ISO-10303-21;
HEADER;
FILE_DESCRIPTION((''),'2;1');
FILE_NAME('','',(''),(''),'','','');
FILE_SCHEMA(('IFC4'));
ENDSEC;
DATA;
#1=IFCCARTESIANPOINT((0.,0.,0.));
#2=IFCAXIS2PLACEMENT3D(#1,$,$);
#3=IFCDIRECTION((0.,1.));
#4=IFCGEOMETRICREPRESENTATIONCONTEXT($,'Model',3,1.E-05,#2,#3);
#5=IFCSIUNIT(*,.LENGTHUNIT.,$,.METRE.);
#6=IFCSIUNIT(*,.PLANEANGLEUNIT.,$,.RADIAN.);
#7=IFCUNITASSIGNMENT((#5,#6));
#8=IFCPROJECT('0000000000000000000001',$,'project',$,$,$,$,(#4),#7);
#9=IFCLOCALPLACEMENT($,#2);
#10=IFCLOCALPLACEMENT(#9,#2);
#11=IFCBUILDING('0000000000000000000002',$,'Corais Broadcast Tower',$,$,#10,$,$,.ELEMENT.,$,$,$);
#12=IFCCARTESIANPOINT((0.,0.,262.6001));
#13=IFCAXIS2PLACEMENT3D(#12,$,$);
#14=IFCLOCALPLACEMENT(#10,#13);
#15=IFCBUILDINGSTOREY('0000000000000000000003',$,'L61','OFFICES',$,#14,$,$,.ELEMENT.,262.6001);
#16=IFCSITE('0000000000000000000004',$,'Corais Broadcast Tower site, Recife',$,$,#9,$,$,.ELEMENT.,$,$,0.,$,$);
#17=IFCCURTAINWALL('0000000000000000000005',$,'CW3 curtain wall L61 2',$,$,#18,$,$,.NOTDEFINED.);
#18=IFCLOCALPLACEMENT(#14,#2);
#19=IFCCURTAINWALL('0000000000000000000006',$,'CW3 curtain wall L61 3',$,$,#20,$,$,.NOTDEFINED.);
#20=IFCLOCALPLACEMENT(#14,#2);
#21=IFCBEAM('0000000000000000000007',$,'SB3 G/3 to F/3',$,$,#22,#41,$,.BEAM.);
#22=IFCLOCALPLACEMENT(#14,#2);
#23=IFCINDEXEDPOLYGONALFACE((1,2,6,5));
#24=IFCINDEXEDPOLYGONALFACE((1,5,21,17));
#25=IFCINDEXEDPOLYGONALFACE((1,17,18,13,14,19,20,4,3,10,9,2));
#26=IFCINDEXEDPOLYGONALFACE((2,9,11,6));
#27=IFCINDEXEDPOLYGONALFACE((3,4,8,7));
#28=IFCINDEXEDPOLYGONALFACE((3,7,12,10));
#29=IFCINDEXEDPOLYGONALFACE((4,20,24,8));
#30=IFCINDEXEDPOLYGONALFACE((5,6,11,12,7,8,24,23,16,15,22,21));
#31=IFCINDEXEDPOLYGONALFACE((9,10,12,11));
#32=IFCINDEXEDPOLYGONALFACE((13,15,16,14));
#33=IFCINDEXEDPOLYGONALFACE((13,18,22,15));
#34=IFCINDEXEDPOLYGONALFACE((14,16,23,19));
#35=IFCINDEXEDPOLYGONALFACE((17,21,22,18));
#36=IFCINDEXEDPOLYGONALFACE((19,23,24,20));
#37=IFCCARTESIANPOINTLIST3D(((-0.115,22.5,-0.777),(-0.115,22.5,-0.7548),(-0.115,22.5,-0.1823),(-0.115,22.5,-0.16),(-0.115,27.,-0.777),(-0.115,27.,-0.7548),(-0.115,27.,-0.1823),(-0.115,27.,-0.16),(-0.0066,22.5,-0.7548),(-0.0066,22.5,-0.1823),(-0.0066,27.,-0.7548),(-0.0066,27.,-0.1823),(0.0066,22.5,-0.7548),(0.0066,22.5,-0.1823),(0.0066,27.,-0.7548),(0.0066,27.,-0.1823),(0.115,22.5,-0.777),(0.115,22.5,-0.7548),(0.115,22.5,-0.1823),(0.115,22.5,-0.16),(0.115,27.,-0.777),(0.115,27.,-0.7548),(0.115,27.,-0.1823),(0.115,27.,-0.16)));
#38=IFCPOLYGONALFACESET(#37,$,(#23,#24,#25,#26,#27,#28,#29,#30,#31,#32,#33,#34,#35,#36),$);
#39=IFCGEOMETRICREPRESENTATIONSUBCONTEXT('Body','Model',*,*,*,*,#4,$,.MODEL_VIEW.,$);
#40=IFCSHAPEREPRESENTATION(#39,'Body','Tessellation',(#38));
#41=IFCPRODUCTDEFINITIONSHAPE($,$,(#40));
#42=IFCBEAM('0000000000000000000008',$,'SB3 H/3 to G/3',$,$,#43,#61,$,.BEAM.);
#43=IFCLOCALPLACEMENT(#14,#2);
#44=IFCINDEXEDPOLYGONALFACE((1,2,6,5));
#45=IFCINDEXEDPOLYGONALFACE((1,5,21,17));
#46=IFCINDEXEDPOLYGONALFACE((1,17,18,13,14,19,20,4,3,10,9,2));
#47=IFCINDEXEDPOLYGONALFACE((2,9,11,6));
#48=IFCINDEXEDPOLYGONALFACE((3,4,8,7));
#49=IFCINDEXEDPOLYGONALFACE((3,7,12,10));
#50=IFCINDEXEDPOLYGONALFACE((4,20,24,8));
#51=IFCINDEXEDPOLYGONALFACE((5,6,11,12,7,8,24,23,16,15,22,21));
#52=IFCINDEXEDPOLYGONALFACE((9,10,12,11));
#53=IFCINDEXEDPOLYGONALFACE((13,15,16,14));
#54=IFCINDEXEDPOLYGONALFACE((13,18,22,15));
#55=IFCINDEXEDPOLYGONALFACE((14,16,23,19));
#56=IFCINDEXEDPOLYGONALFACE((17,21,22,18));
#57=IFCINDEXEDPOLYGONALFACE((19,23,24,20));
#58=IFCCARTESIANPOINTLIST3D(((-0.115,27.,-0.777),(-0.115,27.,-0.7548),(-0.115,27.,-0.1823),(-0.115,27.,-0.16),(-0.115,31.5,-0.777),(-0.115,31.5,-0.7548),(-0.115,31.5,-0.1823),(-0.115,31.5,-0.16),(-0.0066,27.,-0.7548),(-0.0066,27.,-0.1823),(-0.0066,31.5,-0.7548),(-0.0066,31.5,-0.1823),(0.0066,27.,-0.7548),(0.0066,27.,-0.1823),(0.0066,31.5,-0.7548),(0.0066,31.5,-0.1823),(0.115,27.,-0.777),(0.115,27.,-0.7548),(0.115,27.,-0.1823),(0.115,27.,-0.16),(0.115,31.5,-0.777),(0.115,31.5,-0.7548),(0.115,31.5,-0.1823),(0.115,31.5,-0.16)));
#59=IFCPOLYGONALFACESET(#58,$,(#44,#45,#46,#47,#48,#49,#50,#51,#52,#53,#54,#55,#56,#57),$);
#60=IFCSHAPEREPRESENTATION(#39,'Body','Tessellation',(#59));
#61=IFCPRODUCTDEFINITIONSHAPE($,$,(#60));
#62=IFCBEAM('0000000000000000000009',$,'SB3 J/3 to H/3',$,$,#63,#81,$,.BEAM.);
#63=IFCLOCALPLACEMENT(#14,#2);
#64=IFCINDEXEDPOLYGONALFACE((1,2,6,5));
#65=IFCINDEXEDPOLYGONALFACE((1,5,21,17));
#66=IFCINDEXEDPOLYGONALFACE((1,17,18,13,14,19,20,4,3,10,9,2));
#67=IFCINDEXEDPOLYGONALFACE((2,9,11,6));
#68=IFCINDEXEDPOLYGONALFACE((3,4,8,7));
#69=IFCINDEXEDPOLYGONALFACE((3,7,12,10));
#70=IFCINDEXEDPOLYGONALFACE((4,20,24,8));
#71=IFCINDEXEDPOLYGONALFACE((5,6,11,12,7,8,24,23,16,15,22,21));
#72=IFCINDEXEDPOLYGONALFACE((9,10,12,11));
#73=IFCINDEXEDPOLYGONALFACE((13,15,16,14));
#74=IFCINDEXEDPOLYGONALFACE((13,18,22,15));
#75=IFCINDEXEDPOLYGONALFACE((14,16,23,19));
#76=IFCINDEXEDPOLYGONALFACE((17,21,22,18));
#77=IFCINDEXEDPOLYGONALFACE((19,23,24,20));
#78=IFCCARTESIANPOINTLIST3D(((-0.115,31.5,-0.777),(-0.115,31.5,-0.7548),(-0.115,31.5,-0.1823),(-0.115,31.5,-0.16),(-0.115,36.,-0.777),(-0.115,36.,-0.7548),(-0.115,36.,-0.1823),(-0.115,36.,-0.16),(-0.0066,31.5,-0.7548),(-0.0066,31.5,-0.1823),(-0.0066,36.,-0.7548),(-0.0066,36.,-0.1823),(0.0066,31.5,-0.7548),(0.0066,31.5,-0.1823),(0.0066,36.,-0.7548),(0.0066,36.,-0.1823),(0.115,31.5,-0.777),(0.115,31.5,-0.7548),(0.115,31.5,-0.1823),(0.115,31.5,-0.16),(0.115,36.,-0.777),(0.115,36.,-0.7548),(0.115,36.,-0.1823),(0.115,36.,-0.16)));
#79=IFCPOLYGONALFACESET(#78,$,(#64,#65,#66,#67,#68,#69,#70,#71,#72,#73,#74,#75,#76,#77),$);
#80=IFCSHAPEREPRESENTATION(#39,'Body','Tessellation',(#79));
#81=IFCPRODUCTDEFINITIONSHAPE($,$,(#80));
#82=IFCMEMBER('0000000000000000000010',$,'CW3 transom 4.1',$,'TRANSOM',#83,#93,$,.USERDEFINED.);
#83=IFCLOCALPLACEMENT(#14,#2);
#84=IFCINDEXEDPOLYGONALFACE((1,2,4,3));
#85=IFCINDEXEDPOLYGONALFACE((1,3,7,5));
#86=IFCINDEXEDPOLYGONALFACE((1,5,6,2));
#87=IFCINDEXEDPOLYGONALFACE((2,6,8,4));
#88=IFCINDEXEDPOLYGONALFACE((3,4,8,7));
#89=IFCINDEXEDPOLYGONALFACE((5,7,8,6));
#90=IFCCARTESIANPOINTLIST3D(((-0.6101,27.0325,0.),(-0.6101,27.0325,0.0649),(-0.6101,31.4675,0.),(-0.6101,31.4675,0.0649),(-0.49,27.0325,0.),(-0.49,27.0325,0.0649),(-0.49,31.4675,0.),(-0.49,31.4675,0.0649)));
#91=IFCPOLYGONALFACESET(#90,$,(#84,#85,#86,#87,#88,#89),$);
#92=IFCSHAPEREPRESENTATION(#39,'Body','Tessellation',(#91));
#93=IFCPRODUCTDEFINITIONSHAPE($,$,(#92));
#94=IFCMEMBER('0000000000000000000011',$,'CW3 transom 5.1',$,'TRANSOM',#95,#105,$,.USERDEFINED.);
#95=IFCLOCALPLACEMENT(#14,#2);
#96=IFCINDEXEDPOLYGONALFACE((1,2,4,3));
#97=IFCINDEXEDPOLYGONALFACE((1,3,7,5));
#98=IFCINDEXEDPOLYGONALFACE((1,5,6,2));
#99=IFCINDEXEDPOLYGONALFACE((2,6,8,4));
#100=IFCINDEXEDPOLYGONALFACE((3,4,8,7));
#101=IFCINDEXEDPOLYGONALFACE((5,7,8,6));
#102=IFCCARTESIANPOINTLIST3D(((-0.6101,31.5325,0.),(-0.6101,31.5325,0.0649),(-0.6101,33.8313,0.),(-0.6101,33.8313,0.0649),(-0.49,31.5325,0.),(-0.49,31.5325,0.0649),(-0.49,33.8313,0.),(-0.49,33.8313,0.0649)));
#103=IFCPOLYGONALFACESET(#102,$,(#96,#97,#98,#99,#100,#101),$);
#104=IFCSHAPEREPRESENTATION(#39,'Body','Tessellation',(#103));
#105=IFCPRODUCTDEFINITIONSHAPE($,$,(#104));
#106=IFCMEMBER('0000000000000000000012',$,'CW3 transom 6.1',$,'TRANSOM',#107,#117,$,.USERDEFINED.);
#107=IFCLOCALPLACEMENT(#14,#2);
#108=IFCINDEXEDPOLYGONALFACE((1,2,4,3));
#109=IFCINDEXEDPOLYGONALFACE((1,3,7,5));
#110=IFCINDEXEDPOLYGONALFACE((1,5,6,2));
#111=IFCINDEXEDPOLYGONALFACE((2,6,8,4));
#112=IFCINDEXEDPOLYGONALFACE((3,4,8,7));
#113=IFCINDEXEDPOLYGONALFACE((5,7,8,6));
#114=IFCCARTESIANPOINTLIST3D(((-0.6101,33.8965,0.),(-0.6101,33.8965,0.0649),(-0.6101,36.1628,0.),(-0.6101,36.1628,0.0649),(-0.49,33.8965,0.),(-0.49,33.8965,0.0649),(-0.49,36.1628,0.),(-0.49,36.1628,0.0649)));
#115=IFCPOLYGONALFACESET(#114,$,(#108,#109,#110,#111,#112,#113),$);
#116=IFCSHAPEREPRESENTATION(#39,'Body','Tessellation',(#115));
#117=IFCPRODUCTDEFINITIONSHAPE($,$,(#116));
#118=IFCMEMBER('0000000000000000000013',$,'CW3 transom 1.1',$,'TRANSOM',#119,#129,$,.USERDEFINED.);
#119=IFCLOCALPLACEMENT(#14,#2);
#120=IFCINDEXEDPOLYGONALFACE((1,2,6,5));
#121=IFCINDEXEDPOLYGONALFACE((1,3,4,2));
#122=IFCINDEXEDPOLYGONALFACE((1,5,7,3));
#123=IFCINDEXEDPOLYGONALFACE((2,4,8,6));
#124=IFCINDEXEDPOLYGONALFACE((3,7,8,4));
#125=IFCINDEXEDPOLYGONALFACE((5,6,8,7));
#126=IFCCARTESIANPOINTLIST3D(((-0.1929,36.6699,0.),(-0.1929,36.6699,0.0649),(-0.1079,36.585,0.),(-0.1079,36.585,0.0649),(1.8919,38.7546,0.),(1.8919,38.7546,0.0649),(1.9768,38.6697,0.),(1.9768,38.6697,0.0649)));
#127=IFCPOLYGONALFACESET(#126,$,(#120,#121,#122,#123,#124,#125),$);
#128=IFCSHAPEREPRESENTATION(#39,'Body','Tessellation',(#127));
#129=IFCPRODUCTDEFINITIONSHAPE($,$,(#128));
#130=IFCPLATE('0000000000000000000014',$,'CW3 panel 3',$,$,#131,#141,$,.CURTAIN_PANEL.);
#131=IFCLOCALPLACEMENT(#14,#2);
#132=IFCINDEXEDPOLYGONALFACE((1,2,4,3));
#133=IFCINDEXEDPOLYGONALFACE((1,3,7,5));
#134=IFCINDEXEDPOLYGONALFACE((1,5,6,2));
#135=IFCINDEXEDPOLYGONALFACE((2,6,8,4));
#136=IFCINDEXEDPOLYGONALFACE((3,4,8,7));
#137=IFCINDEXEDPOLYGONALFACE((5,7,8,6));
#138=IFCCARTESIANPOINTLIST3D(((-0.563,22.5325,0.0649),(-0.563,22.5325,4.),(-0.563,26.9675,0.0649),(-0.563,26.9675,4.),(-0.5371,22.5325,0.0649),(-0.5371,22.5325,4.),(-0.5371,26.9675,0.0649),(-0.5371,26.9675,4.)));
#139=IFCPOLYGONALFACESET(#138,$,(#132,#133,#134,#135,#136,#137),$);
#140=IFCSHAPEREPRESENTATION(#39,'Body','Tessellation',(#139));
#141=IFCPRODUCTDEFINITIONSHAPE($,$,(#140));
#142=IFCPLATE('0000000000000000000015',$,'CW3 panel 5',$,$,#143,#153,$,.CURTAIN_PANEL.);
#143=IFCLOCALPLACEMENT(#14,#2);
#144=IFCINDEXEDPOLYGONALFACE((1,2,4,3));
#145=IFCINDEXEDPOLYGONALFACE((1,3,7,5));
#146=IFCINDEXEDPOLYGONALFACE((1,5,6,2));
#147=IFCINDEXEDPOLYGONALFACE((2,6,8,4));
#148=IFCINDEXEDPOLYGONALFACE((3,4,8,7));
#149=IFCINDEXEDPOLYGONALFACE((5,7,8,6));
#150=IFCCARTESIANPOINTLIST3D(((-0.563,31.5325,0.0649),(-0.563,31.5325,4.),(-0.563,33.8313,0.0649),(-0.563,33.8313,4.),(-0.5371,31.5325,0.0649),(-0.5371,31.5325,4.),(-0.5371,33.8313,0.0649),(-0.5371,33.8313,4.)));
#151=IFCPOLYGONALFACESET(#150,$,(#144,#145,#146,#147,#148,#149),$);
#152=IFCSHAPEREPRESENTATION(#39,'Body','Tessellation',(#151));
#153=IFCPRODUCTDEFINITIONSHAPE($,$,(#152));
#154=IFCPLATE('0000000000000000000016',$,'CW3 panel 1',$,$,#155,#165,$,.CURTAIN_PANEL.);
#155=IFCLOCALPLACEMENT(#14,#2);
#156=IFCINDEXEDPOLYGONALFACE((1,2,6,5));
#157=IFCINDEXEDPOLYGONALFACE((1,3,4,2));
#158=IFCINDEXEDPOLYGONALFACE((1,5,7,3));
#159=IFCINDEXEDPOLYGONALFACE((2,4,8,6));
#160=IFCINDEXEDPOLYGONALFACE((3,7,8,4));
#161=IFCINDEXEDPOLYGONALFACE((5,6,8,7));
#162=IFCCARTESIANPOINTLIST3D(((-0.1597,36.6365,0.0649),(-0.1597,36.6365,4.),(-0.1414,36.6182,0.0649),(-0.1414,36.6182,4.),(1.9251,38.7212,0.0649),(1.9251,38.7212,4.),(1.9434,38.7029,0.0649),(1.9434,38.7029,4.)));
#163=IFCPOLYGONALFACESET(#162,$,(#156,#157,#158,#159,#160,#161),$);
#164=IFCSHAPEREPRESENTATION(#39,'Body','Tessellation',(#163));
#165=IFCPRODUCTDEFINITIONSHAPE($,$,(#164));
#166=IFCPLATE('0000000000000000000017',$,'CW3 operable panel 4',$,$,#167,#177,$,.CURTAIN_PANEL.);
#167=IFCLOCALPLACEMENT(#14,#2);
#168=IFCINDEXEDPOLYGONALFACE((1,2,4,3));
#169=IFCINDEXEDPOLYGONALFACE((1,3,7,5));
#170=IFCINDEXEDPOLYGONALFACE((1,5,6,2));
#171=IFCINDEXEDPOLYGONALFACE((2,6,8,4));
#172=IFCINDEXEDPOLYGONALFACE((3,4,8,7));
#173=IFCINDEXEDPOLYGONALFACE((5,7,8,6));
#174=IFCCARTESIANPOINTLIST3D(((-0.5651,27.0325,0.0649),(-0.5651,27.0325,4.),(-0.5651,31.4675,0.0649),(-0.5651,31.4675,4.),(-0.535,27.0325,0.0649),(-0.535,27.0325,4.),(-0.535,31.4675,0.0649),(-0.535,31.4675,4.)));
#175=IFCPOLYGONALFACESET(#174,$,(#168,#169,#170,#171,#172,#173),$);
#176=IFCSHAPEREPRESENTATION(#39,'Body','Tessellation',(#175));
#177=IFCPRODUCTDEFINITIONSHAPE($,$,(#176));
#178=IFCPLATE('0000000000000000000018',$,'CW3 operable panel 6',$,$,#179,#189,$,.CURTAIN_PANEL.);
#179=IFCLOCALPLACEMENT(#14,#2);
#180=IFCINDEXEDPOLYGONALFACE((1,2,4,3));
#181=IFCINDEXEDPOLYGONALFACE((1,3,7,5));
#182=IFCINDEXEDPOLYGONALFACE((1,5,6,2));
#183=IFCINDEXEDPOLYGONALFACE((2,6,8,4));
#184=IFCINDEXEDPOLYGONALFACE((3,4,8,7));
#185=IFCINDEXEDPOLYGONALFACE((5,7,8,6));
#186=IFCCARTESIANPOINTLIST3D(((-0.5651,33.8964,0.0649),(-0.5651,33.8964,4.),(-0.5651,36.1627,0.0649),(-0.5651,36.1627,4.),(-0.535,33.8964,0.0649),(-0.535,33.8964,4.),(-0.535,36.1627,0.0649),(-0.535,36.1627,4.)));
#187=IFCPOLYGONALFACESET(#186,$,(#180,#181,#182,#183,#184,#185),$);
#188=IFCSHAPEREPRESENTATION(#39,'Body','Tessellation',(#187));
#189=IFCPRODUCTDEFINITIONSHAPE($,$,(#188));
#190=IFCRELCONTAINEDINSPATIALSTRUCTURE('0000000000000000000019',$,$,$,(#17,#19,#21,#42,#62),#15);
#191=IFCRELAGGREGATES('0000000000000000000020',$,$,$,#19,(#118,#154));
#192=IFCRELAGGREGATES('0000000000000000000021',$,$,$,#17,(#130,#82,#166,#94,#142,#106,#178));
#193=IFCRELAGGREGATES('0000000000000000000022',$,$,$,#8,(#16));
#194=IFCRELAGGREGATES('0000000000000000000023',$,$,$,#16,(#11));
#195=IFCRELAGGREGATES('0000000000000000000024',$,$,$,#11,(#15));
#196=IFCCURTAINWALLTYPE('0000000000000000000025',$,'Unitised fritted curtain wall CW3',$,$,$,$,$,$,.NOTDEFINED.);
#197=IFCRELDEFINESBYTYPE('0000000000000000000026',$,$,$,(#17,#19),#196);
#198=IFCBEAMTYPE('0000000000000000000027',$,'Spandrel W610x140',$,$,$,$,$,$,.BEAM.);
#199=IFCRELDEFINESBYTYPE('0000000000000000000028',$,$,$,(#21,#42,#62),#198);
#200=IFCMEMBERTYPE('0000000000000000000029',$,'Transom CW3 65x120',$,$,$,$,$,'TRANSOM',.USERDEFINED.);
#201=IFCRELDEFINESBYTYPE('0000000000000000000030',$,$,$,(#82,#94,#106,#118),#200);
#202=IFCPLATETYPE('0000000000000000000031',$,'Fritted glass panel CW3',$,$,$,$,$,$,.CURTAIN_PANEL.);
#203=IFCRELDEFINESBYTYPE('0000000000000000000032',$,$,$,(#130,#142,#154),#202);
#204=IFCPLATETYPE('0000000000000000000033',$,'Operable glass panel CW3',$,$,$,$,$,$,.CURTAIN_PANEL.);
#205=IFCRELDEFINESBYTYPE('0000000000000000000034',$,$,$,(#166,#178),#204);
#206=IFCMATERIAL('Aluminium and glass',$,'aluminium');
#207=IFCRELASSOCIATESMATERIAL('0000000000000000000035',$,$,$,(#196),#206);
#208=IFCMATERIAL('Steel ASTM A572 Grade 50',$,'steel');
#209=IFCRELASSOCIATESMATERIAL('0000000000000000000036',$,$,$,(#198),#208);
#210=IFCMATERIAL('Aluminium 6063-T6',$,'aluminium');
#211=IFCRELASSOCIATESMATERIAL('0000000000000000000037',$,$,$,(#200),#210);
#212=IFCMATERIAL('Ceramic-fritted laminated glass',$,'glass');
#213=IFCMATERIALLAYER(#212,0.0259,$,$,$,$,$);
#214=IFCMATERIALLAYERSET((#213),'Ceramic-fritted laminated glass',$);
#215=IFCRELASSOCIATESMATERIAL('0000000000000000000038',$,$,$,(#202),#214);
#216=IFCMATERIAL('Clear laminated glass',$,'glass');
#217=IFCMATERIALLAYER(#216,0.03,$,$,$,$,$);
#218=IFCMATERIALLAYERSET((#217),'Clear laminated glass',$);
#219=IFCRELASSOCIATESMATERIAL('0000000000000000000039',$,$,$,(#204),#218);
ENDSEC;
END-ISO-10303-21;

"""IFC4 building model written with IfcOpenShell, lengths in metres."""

from ifc_helpers import new_model, si_unit, direction, frame, origin, origin_2d, place, context, subcontext, project, spatial, rectangle, i_section, extrude, material, layer, layer_set, material_profile, profile_set, type_object, element, aggregate, save


model = new_model("IFC4")

# Units and contexts
model_context = context("Model", 3, precision=1e-05, world=origin(), true_north=direction((0.0, 1.0)))
body_context = subcontext(model_context, "Body", "Model", "MODEL_VIEW")
ifc_project = project(units=[si_unit("LENGTHUNIT", "METRE"), si_unit("PLANEANGLEUNIT", "RADIAN")], contexts=[model_context])

# Site, building, storey
site_placement = place(None, origin())
site = spatial("IfcSite", under=ifc_project, at=site_placement, Name="Corais Broadcast Tower site, Recife", CompositionType="ELEMENT", RefElevation=0.0)
building_placement = place(site_placement, origin())
building = spatial("IfcBuilding", under=site, at=building_placement, Name="Corais Broadcast Tower", CompositionType="ELEMENT")
storey_placement = place(building_placement, frame((0.0, 0.0, 262.6001)))
storey = spatial("IfcBuildingStorey", under=building, at=storey_placement, Name="L61", Description="OFFICES", CompositionType="ELEMENT", Elevation=262.6001)

# Curtain walls
ifc_material_1 = material(Name="Aluminium and glass", Category="aluminium")
curtain_wall_type = type_object("IfcCurtainWallType", Name="Unitised fritted curtain wall CW3", PredefinedType="NOTDEFINED", material=ifc_material_1)
curtain_wall_1_placement = place(storey_placement, origin())
curtain_wall_1 = element("IfcCurtainWall", 1, at=curtain_wall_1_placement, inside=storey, type_object=curtain_wall_type, Name="CW3 curtain wall L61 2", PredefinedType="NOTDEFINED")
curtain_wall_2_placement = place(storey_placement, origin())
curtain_wall_2 = element("IfcCurtainWall", 2, at=curtain_wall_2_placement, inside=storey, type_object=curtain_wall_type, Name="CW3 curtain wall L61 3", PredefinedType="NOTDEFINED")

# Beams
ifc_material_2 = material(Name="Steel ASTM A572 Grade 50", Category="steel")
ifc_material_profile_1 = material_profile(ifc_material_2, i_section(OverallWidth=0.23, OverallDepth=0.6169, WebThickness=0.0132, FlangeThickness=0.0222, at=origin_2d()), Name="W610x140")
ifc_profile_set_1 = profile_set([ifc_material_profile_1], Name="Steel ASTM A572 Grade 50")
beam_type_1 = type_object("IfcBeamType", Name="Spandrel W610x140", PredefinedType="BEAM", material=ifc_profile_set_1)
for number, where, z_axis, x_axis, name in (
    (3, (0.0, 27.0, -0.4685), (0.0, -1.0, 0.0), (1.0, 0.0, 0.0), "SB3 G/3 to F/3"),
    (4, (0.0, 31.5, -0.4685), (0.0, -1.0, 0.0), (1.0, 0.0, 0.0), "SB3 H/3 to G/3"),
    (5, (0.0, 36.0, -0.4685), (0.0, -1.0, 0.0), (1.0, 0.0, 0.0), "SB3 J/3 to H/3"),
):
    element("IfcBeam", number, at=place(storey_placement, frame(where, z_axis=z_axis, x_axis=x_axis)), inside=storey, type_object=beam_type_1, Name=name, PredefinedType="BEAM", context=body_context, shape_type="SweptSolid", body=[
        extrude(i_section(OverallWidth=0.23, OverallDepth=0.6169, WebThickness=0.0132, FlangeThickness=0.0222, at=origin_2d()), origin(), (0.0, 0.0, 1.0), 4.5),
    ])

# Members
ifc_material_3 = material(Name="Aluminium 6063-T6", Category="aluminium")
ifc_material_profile_2 = material_profile(ifc_material_3, rectangle(XDim=0.1201, YDim=0.0649, at=origin_2d()), Name="Transom CW3 65x120")
ifc_profile_set_2 = profile_set([ifc_material_profile_2], Name="Aluminium 6063-T6")
member_type_1 = type_object("IfcMemberType", Name="Transom CW3 65x120", ElementType="TRANSOM", PredefinedType="USERDEFINED", material=ifc_profile_set_2)
member_1_placement = place(storey_placement, frame((-0.55, 27.0325, 0.0325), z_axis=(0.0, 1.0, 0.0), x_axis=(-1.0, 0.0, 0.0)))
member_1 = element("IfcMember", 6, at=member_1_placement, type_object=member_type_1, Name="CW3 transom 4.1", ObjectType="TRANSOM", PredefinedType="USERDEFINED", context=body_context, shape_type="SweptSolid", body=[
    extrude(rectangle(XDim=0.1201, YDim=0.0649, at=origin_2d()), origin(), (0.0, 0.0, 1.0), 4.4351),
])
member_2_placement = place(storey_placement, frame((-0.55, 31.5325, 0.0325), z_axis=(0.0, 1.0, 0.0), x_axis=(-1.0, 0.0, 0.0)))
member_2 = element("IfcMember", 7, at=member_2_placement, type_object=member_type_1, Name="CW3 transom 5.1", ObjectType="TRANSOM", PredefinedType="USERDEFINED", context=body_context, shape_type="SweptSolid", body=[
    extrude(rectangle(XDim=0.1201, YDim=0.0649, at=origin_2d()), origin(), (0.0, 0.0, 1.0), 2.2988),
])
member_3_placement = place(storey_placement, frame((-0.55, 33.8965, 0.0325), z_axis=(0.0, 1.0, 0.0), x_axis=(-1.0, 0.0, 0.0)))
member_3 = element("IfcMember", 8, at=member_3_placement, type_object=member_type_1, Name="CW3 transom 6.1", ObjectType="TRANSOM", PredefinedType="USERDEFINED", context=body_context, shape_type="SweptSolid", body=[
    extrude(rectangle(XDim=0.1201, YDim=0.0649, at=origin_2d()), origin(), (0.0, 0.0, 1.0), 2.2664),
])
member_4_placement = place(storey_placement, frame((-0.1504, 36.6274, 0.0325), z_axis=(0.707107, 0.707107, 0.0), x_axis=(-0.707107, 0.707107, 0.0)))
member_4 = element("IfcMember", 9, at=member_4_placement, type_object=member_type_1, Name="CW3 transom 1.1", ObjectType="TRANSOM", PredefinedType="USERDEFINED", context=body_context, shape_type="SweptSolid", body=[
    extrude(rectangle(XDim=0.1201, YDim=0.0649, at=origin_2d()), origin(), (0.0, 0.0, 1.0), 2.9482),
])

# Plates
ifc_material_4 = material(Name="Ceramic-fritted laminated glass", Category="glass")
ifc_layer_1 = layer(ifc_material_4, 0.0259)
ifc_layer_set_1 = layer_set([ifc_layer_1], Name="Ceramic-fritted laminated glass")
plate_type_1 = type_object("IfcPlateType", Name="Fritted glass panel CW3", PredefinedType="CURTAIN_PANEL", material=ifc_layer_set_1)
plate_1_placement = place(storey_placement, frame((-0.55, 24.75, 0.0649), z_axis=(0.0, 0.0, 1.0), x_axis=(0.0, 1.0, 0.0)))
plate_1 = element("IfcPlate", 10, at=plate_1_placement, type_object=plate_type_1, Name="CW3 panel 3", PredefinedType="CURTAIN_PANEL", context=body_context, shape_type="SweptSolid", body=[
    extrude(rectangle(XDim=4.4351, YDim=0.0259, at=origin_2d()), origin(), (0.0, 0.0, 1.0), 3.9351),
])
plate_2_placement = place(storey_placement, frame((-0.55, 32.6819, 0.0649), z_axis=(0.0, 0.0, 1.0), x_axis=(0.0, 1.0, 0.0)))
plate_2 = element("IfcPlate", 11, at=plate_2_placement, type_object=plate_type_1, Name="CW3 panel 5", PredefinedType="CURTAIN_PANEL", context=body_context, shape_type="SweptSolid", body=[
    extrude(rectangle(XDim=2.2988, YDim=0.0259, at=origin_2d()), origin(), (0.0, 0.0, 1.0), 3.9351),
])
plate_3_placement = place(storey_placement, frame((0.8918, 37.6697, 0.0649), z_axis=(0.0, 0.0, 1.0), x_axis=(0.707107, 0.707107, 0.0)))
plate_3 = element("IfcPlate", 12, at=plate_3_placement, type_object=plate_type_1, Name="CW3 panel 1", PredefinedType="CURTAIN_PANEL", context=body_context, shape_type="SweptSolid", body=[
    extrude(rectangle(XDim=2.9482, YDim=0.0259, at=origin_2d()), origin(), (0.0, 0.0, 1.0), 3.9351),
])
aggregate(curtain_wall_2, [member_4, plate_3])
ifc_material_5 = material(Name="Clear laminated glass", Category="glass")
ifc_layer_2 = layer(ifc_material_5, 0.03)
ifc_layer_set_2 = layer_set([ifc_layer_2], Name="Clear laminated glass")
plate_type_2 = type_object("IfcPlateType", Name="Operable glass panel CW3", PredefinedType="CURTAIN_PANEL", material=ifc_layer_set_2)
plate_4_placement = place(storey_placement, frame((-0.55, 29.25, 0.0649), z_axis=(0.0, 0.0, 1.0), x_axis=(0.0, 1.0, 0.0)))
plate_4 = element("IfcPlate", 13, at=plate_4_placement, type_object=plate_type_2, Name="CW3 operable panel 4", PredefinedType="CURTAIN_PANEL", context=body_context, shape_type="SweptSolid", body=[
    extrude(rectangle(XDim=4.4351, YDim=0.03, at=origin_2d()), origin(), (0.0, 0.0, 1.0), 3.9351),
])
plate_5_placement = place(storey_placement, frame((-0.55, 35.0295, 0.0649), z_axis=(0.0, 0.0, 1.0), x_axis=(0.0, 1.0, 0.0)))
plate_5 = element("IfcPlate", 14, at=plate_5_placement, type_object=plate_type_2, Name="CW3 operable panel 6", PredefinedType="CURTAIN_PANEL", context=body_context, shape_type="SweptSolid", body=[
    extrude(rectangle(XDim=2.2664, YDim=0.03, at=origin_2d()), origin(), (0.0, 0.0, 1.0), 3.9351),
])
aggregate(curtain_wall_1, [plate_1, member_1, plate_4, member_2, plate_2, member_3, plate_5])

save(model, "model.ifc")
